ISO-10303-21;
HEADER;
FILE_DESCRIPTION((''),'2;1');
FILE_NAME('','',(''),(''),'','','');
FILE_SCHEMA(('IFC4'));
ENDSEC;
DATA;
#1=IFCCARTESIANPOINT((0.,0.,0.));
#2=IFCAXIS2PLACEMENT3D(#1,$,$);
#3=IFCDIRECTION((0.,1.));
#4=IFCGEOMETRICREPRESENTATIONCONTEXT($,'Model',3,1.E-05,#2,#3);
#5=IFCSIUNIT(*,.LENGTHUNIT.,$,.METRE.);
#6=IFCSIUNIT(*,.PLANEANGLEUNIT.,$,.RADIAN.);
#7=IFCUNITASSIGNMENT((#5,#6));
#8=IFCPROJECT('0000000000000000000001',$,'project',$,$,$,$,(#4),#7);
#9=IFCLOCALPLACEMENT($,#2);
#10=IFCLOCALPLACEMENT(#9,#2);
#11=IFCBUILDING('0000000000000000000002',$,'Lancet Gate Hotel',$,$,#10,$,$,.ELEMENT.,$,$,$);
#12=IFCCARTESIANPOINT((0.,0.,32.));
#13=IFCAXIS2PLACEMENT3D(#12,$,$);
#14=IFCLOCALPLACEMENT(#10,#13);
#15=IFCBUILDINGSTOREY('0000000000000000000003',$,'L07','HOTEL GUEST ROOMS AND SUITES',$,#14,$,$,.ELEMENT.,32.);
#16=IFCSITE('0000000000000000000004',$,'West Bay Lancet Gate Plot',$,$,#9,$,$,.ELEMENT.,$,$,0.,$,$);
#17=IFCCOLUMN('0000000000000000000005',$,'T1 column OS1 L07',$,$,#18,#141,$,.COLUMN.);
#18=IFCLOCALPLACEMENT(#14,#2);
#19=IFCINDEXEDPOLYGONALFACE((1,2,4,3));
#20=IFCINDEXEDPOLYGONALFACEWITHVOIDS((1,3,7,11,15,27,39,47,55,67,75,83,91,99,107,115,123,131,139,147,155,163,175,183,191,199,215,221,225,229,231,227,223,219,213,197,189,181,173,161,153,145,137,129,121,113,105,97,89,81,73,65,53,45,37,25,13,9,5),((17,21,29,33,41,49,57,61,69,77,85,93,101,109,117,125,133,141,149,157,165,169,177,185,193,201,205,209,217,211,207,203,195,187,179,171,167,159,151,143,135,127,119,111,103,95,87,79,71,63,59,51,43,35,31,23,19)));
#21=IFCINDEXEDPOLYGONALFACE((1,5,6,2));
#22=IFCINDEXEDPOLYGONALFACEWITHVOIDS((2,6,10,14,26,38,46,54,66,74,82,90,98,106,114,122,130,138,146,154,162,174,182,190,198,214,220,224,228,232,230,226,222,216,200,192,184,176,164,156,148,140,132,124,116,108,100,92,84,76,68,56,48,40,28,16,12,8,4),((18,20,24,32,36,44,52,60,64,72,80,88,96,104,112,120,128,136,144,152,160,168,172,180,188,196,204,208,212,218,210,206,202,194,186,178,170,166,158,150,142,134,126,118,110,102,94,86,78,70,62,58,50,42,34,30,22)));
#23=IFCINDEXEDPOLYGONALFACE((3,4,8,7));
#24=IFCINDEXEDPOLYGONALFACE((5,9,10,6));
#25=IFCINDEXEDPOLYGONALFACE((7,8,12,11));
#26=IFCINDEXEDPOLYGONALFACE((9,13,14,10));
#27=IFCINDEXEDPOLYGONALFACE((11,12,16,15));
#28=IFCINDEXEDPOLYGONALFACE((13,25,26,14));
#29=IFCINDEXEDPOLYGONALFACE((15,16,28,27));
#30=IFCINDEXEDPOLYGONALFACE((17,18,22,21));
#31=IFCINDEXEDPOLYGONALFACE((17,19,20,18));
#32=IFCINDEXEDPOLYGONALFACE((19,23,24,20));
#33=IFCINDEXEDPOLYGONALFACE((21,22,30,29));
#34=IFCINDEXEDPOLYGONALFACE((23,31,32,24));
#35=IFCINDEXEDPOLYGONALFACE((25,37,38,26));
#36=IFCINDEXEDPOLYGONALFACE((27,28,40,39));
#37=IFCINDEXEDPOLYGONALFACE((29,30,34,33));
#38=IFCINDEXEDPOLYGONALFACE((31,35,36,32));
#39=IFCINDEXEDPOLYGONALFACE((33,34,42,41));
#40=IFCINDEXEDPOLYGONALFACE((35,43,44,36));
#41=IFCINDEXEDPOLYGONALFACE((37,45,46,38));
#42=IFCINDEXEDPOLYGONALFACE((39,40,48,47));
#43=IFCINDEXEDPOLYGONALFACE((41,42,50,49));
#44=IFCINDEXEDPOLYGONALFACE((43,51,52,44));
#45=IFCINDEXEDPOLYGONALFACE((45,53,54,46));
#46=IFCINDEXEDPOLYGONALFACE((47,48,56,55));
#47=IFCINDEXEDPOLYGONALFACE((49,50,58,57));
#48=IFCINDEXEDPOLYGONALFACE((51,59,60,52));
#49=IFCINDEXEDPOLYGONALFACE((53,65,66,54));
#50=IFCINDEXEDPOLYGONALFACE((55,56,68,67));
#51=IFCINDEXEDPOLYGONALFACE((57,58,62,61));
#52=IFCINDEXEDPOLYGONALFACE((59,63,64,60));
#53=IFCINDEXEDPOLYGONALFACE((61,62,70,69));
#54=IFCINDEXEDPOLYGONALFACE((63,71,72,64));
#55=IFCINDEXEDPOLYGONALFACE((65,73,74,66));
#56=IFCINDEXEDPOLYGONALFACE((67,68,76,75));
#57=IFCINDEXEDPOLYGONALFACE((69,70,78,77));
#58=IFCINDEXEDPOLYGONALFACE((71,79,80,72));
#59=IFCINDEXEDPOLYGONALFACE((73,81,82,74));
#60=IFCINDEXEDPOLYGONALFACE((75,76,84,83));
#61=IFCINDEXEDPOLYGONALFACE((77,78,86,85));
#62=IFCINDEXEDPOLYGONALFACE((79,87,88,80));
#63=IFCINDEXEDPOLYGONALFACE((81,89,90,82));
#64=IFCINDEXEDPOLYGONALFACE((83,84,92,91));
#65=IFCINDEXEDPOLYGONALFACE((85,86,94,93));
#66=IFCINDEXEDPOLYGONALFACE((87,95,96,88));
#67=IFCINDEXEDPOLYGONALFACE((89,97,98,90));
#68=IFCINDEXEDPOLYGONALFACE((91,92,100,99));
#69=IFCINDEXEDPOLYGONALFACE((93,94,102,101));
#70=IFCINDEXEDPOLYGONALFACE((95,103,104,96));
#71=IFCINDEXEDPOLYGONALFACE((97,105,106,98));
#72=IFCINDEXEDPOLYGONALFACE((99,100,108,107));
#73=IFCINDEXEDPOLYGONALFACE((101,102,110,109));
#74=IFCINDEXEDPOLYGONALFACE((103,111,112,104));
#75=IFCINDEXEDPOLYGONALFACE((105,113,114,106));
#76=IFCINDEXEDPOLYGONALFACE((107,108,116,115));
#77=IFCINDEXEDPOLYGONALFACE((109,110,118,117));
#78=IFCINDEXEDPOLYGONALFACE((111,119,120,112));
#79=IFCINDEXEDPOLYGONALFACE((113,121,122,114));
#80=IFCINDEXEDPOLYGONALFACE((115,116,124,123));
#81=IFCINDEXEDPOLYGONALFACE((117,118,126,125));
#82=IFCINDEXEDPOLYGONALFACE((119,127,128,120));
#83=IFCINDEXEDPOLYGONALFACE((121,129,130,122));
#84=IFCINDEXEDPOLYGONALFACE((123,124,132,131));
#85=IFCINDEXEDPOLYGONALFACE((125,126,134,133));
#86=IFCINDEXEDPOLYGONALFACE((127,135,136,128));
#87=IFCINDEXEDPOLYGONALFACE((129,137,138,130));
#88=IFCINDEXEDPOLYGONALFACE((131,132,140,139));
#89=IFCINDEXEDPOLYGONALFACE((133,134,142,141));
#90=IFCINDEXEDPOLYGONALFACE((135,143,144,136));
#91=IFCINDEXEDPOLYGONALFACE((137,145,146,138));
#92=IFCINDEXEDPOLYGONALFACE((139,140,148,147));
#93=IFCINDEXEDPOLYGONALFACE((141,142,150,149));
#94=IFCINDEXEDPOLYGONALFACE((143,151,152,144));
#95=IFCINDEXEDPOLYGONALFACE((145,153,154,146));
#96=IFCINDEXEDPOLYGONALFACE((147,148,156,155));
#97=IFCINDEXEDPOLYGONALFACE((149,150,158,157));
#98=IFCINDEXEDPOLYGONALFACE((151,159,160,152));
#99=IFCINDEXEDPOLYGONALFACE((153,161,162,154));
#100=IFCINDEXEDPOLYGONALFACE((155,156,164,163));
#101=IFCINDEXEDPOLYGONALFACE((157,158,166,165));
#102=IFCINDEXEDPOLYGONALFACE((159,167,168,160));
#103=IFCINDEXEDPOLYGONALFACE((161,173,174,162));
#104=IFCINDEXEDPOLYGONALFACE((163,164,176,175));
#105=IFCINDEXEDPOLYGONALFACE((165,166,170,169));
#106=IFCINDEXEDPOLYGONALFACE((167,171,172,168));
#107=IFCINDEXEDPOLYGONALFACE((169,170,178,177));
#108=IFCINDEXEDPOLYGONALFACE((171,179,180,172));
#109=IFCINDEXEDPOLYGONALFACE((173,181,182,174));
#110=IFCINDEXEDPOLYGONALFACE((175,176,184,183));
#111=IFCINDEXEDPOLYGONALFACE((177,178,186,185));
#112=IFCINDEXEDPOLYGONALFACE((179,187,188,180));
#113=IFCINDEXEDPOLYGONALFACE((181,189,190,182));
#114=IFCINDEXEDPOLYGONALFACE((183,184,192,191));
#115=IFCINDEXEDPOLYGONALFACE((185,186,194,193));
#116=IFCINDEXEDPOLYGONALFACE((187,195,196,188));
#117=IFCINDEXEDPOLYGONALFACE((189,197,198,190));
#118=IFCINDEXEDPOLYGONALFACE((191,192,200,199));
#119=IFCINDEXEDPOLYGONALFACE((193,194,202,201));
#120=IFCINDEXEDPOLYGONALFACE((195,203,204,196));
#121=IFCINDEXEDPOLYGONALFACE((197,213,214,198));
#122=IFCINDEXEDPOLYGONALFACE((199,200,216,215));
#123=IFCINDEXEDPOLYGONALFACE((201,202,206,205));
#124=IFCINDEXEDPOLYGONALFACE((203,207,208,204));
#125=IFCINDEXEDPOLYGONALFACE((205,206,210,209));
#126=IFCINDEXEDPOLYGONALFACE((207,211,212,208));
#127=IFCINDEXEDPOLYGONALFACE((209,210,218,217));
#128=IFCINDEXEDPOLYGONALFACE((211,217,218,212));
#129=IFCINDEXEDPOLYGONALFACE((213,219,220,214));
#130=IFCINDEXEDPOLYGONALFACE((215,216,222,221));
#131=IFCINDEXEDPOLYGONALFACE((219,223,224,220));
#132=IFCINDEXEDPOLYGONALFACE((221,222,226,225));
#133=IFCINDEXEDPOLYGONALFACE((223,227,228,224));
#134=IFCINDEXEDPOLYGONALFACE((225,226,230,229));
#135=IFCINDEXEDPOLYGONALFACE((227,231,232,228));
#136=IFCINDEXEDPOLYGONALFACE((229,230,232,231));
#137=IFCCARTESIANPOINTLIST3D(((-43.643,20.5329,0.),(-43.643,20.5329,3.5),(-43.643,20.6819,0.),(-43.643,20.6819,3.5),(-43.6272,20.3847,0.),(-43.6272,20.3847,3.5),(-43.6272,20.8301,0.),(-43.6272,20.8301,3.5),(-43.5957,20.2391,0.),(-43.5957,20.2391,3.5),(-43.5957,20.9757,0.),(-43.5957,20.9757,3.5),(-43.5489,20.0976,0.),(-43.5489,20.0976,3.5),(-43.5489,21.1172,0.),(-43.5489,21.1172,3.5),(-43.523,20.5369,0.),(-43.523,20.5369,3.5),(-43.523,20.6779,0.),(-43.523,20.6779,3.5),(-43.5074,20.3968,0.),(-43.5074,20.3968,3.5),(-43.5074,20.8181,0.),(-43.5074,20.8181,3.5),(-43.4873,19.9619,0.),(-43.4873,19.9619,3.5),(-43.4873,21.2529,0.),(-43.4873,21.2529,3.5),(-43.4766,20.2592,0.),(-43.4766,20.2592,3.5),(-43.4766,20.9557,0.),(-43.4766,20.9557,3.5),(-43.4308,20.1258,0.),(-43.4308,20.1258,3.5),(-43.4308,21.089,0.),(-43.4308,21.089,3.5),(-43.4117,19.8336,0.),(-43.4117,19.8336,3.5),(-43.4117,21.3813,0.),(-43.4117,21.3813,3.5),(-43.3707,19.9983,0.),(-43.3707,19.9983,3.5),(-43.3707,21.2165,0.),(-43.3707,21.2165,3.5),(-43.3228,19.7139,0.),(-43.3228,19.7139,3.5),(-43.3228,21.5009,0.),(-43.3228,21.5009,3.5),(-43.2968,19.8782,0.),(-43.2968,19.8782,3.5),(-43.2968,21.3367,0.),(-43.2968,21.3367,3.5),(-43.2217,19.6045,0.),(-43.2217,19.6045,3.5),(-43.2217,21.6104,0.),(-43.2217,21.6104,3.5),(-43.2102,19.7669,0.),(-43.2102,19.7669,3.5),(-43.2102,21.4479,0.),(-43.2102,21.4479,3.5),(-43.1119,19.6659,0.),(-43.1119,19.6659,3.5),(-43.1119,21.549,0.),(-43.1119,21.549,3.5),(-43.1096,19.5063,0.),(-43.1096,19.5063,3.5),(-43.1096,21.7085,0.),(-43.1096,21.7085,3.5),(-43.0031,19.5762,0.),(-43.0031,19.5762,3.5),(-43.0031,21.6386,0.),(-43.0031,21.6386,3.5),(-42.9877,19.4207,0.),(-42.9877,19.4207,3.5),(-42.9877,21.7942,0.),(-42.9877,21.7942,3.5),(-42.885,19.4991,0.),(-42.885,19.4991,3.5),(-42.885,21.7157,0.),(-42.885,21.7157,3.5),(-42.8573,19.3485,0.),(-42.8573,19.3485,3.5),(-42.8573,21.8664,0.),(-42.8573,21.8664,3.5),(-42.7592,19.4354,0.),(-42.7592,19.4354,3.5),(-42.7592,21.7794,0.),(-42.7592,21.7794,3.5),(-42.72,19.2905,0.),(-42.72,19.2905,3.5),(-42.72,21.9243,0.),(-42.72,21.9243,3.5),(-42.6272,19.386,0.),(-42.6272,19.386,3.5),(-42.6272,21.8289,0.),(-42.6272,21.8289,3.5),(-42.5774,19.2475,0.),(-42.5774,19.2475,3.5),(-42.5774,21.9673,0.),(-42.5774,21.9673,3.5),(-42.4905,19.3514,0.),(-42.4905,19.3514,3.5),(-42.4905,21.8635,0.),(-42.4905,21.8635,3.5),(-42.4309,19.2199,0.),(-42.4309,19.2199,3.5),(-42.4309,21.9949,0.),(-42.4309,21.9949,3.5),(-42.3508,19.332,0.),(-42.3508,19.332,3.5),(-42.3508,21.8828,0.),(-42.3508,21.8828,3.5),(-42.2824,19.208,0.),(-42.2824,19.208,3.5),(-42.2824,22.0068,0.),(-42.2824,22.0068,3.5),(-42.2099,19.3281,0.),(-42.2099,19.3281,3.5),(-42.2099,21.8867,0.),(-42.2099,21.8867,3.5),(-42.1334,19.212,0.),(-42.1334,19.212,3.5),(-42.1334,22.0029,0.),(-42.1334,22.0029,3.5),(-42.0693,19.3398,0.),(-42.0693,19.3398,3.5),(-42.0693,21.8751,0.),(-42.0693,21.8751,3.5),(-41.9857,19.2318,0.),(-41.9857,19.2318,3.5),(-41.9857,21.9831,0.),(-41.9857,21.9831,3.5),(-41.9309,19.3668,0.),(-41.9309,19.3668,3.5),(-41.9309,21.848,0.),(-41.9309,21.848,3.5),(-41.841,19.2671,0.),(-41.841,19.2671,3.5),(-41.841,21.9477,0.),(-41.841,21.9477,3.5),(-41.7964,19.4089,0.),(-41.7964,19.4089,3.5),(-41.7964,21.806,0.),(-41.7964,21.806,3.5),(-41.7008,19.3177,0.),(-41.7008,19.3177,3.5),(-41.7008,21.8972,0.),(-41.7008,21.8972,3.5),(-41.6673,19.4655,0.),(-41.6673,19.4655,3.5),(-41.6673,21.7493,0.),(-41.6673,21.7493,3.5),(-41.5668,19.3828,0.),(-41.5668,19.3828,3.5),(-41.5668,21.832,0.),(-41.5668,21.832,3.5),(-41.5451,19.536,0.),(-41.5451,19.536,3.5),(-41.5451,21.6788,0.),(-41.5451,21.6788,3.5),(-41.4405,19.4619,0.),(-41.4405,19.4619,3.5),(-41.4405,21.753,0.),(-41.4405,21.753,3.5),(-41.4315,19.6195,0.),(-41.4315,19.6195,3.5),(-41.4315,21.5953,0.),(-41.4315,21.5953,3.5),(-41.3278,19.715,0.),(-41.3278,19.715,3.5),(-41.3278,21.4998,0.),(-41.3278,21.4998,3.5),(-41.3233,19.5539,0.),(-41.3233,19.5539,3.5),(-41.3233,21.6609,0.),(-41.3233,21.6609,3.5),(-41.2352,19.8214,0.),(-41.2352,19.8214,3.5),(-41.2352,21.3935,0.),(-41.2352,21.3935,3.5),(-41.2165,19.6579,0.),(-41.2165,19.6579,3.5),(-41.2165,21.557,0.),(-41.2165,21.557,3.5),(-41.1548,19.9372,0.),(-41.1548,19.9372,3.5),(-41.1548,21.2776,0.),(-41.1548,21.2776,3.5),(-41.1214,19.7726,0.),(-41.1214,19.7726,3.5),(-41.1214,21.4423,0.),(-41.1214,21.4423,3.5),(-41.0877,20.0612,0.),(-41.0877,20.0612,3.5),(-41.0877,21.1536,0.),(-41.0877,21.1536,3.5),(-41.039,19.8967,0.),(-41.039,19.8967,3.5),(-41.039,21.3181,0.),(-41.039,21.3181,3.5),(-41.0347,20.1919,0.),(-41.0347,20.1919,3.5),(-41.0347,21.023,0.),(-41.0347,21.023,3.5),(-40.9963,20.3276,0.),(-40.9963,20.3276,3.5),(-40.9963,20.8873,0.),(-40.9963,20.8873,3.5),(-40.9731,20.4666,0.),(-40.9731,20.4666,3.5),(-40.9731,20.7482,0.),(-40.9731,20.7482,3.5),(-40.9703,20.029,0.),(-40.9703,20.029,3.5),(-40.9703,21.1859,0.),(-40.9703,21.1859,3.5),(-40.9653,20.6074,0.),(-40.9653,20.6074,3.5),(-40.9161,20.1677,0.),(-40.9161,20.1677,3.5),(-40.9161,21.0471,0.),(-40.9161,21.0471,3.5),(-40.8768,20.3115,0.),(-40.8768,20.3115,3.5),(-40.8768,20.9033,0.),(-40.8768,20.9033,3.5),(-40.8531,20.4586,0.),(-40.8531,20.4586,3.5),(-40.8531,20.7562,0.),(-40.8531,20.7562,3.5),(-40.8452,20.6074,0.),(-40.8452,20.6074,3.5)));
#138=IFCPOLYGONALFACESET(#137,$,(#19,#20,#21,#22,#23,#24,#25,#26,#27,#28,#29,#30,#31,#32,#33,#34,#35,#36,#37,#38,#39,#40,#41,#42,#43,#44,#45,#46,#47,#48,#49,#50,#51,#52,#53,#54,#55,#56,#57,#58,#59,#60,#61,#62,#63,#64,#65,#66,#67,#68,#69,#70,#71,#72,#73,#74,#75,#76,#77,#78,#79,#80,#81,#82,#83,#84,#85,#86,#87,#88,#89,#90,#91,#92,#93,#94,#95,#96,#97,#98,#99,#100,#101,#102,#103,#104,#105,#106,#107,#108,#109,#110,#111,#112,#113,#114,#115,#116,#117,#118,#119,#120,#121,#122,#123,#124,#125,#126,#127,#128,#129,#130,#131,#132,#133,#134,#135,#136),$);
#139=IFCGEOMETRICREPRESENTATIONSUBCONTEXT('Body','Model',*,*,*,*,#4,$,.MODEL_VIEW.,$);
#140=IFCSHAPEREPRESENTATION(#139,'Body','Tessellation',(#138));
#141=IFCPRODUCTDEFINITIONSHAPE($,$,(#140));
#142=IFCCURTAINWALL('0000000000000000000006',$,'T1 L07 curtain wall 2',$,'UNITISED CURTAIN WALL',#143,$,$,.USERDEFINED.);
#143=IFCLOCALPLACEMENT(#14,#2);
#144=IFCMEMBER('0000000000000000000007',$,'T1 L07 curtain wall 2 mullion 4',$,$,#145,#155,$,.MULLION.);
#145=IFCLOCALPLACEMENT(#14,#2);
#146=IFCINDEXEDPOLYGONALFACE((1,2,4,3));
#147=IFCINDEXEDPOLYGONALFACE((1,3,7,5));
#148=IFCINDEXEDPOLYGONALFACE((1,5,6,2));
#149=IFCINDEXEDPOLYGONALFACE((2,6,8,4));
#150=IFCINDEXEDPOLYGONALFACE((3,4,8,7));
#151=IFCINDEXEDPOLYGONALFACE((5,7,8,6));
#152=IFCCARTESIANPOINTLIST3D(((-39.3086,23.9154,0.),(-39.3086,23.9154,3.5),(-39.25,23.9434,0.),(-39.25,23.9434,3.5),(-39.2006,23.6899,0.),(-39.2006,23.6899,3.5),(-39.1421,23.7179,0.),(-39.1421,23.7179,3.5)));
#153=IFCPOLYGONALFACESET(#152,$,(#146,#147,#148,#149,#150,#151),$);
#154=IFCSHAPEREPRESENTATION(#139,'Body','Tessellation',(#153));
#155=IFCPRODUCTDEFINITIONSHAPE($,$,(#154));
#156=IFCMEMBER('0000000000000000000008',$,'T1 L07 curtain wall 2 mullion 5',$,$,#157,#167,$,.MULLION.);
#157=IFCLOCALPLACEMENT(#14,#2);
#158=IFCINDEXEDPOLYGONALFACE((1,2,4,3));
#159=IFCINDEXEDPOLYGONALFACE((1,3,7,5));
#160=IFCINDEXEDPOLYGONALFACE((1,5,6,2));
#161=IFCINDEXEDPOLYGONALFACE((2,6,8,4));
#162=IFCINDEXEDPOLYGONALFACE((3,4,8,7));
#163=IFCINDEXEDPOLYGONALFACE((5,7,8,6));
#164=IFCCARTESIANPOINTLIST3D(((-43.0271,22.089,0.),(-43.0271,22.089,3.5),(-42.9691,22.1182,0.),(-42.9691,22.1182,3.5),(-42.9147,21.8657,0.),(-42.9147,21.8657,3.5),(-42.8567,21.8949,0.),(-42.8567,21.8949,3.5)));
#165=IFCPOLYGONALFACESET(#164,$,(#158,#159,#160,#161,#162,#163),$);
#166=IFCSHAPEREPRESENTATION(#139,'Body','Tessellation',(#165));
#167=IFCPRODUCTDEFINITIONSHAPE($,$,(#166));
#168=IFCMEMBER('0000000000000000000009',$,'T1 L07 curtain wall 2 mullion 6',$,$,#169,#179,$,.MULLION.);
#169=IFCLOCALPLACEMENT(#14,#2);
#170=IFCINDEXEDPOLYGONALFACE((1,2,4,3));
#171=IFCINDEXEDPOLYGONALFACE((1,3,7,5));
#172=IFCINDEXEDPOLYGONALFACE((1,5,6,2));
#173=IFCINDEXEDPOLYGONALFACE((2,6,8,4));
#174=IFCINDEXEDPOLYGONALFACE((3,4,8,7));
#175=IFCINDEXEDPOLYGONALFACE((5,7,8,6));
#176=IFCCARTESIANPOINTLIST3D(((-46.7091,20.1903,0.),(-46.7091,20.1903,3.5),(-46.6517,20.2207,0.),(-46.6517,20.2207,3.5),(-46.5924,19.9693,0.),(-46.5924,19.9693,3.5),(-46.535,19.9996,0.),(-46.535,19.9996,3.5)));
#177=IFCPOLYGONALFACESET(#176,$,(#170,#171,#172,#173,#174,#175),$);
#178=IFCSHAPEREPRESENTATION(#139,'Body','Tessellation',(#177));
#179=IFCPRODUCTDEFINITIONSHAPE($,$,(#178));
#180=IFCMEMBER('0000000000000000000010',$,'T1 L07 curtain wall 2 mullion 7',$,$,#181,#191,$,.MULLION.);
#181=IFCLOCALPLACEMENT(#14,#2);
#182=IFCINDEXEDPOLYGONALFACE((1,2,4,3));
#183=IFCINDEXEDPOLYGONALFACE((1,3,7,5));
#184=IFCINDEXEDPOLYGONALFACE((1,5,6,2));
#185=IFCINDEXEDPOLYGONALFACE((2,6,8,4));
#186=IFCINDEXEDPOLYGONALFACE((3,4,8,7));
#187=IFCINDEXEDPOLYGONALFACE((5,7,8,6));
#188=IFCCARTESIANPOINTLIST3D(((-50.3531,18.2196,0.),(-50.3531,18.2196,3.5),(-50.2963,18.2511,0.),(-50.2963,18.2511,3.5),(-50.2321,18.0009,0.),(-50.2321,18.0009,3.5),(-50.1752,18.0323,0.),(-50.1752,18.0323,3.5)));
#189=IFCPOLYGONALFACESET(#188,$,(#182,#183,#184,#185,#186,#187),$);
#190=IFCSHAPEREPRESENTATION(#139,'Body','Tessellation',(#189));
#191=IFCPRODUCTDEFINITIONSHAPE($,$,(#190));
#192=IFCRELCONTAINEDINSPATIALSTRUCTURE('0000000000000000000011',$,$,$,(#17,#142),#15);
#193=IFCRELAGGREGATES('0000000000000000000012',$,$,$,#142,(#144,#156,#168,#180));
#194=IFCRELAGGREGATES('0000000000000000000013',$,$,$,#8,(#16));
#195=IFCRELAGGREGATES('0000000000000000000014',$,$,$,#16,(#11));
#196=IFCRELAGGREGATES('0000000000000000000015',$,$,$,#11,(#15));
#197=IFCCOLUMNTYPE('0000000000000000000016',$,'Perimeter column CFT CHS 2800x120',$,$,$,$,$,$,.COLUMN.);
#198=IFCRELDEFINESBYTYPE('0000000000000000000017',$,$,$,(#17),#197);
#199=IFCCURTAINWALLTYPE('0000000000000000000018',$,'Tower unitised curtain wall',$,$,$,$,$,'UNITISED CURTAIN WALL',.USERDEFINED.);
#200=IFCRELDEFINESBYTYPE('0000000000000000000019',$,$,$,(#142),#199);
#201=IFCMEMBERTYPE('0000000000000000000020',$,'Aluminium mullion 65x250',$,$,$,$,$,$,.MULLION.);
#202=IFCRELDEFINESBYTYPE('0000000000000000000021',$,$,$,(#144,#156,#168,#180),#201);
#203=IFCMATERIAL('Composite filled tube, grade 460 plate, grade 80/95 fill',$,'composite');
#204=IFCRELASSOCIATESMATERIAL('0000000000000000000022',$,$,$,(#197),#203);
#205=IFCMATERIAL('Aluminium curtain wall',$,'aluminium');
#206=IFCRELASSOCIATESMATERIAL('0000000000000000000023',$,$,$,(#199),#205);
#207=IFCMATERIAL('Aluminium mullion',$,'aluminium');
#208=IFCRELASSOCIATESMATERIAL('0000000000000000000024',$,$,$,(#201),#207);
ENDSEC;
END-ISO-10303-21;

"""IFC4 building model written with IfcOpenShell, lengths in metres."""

from ifc_helpers import new_model, si_unit, direction, frame, origin, origin_2d, place, context, subcontext, project, spatial, rectangle, hollow_circle, extrude, material, material_profile, profile_set, type_object, element, aggregate, save


model = new_model("IFC4")

# Units and contexts
model_context = context("Model", 3, precision=1e-05, world=origin(), true_north=direction((0.0, 1.0)))
body_context = subcontext(model_context, "Body", "Model", "MODEL_VIEW")
ifc_project = project(units=[si_unit("LENGTHUNIT", "METRE"), si_unit("PLANEANGLEUNIT", "RADIAN")], contexts=[model_context])

# Site, building, storey
site_placement = place(None, origin())
site = spatial("IfcSite", under=ifc_project, at=site_placement, Name="West Bay Lancet Gate Plot", CompositionType="ELEMENT", RefElevation=0.0)
building_placement = place(site_placement, origin())
building = spatial("IfcBuilding", under=site, at=building_placement, Name="Lancet Gate Hotel", CompositionType="ELEMENT")
storey_placement = place(building_placement, frame((0.0, 0.0, 32.0)))
storey = spatial("IfcBuildingStorey", under=building, at=storey_placement, Name="L07", Description="HOTEL GUEST ROOMS AND SUITES", CompositionType="ELEMENT", Elevation=32.0)

# Column
ifc_material_1 = material(Name="Composite filled tube, grade 460 plate, grade 80/95 fill", Category="composite")
ifc_material_profile_1 = material_profile(ifc_material_1, hollow_circle(Radius=1.3999, WallThickness=0.1201, at=origin_2d()), Name="CHS 2800x120")
ifc_profile_set_1 = profile_set([ifc_material_profile_1], Name="Composite filled tube, grade 460 plate, grade 80/95 fill")
column_type = type_object("IfcColumnType", Name="Perimeter column CFT CHS 2800x120", PredefinedType="COLUMN", material=ifc_profile_set_1)
column_placement = place(storey_placement, frame((-42.2451, 20.6074, 0.0), z_axis=(0.0, 0.0, 1.0), x_axis=(1.0, 0.0, 0.0)))
element("IfcColumn", 1, at=column_placement, inside=storey, type_object=column_type, Name="T1 column OS1 L07", PredefinedType="COLUMN", context=body_context, shape_type="SweptSolid", body=[
    extrude(hollow_circle(Radius=1.3999, WallThickness=0.1201, at=origin_2d()), origin(), (0.0, 0.0, 1.0), 3.5),
])

# Curtain wall, members
ifc_material_2 = material(Name="Aluminium curtain wall", Category="aluminium")
curtain_wall_type = type_object("IfcCurtainWallType", Name="Tower unitised curtain wall", ElementType="UNITISED CURTAIN WALL", PredefinedType="USERDEFINED", material=ifc_material_2)
curtain_wall_placement = place(storey_placement, origin())
curtain_wall = element("IfcCurtainWall", 2, at=curtain_wall_placement, inside=storey, type_object=curtain_wall_type, Name="T1 L07 curtain wall 2", ObjectType="UNITISED CURTAIN WALL", PredefinedType="USERDEFINED")
ifc_material_3 = material(Name="Aluminium mullion", Category="aluminium")
ifc_material_profile_2 = material_profile(ifc_material_3, rectangle(XDim=0.0649, YDim=0.25, at=origin_2d()), Name="MULLION 65x250")
ifc_profile_set_2 = profile_set([ifc_material_profile_2], Name="Aluminium mullion")
member_type_1 = type_object("IfcMemberType", Name="Aluminium mullion 65x250", PredefinedType="MULLION", material=ifc_profile_set_2)
member_1_placement = place(storey_placement, frame((-39.2253, 23.8167, 0.0), z_axis=(0.0, 0.0, 1.0), x_axis=(-0.901929, -0.431885, 0.0)))
member_1 = element("IfcMember", 3, at=member_1_placement, type_object=member_type_1, Name="T1 L07 curtain wall 2 mullion 4", PredefinedType="MULLION", context=body_context, shape_type="SweptSolid", body=[
    extrude(rectangle(XDim=0.0649, YDim=0.25, at=origin_2d()), origin(), (0.0, 0.0, 1.0), 3.5),
])
member_2_placement = place(storey_placement, frame((-42.9419, 21.9919, 0.0), z_axis=(0.0, 0.0, 1.0), x_axis=(-0.893292, -0.449478, 0.0)))
member_2 = element("IfcMember", 4, at=member_2_placement, type_object=member_type_1, Name="T1 L07 curtain wall 2 mullion 5", PredefinedType="MULLION", context=body_context, shape_type="SweptSolid", body=[
    extrude(rectangle(XDim=0.0649, YDim=0.25, at=origin_2d()), origin(), (0.0, 0.0, 1.0), 3.5),
])
member_3_placement = place(storey_placement, frame((-46.6221, 20.095, 0.0), z_axis=(0.0, 0.0, 1.0), x_axis=(-0.884311, -0.466898, 0.0)))
member_3 = element("IfcMember", 5, at=member_3_placement, type_object=member_type_1, Name="T1 L07 curtain wall 2 mullion 6", PredefinedType="MULLION", context=body_context, shape_type="SweptSolid", body=[
    extrude(rectangle(XDim=0.0649, YDim=0.25, at=origin_2d()), origin(), (0.0, 0.0, 1.0), 3.5),
])
member_4_placement = place(storey_placement, frame((-50.2642, 18.126, 0.0), z_axis=(0.0, 0.0, 1.0), x_axis=(-0.874991, -0.484139, 0.0)))
member_4 = element("IfcMember", 6, at=member_4_placement, type_object=member_type_1, Name="T1 L07 curtain wall 2 mullion 7", PredefinedType="MULLION", context=body_context, shape_type="SweptSolid", body=[
    extrude(rectangle(XDim=0.0649, YDim=0.25, at=origin_2d()), origin(), (0.0, 0.0, 1.0), 3.5),
])

aggregate(curtain_wall, [member_1, member_2, member_3, member_4])

save(model, "model.ifc")
